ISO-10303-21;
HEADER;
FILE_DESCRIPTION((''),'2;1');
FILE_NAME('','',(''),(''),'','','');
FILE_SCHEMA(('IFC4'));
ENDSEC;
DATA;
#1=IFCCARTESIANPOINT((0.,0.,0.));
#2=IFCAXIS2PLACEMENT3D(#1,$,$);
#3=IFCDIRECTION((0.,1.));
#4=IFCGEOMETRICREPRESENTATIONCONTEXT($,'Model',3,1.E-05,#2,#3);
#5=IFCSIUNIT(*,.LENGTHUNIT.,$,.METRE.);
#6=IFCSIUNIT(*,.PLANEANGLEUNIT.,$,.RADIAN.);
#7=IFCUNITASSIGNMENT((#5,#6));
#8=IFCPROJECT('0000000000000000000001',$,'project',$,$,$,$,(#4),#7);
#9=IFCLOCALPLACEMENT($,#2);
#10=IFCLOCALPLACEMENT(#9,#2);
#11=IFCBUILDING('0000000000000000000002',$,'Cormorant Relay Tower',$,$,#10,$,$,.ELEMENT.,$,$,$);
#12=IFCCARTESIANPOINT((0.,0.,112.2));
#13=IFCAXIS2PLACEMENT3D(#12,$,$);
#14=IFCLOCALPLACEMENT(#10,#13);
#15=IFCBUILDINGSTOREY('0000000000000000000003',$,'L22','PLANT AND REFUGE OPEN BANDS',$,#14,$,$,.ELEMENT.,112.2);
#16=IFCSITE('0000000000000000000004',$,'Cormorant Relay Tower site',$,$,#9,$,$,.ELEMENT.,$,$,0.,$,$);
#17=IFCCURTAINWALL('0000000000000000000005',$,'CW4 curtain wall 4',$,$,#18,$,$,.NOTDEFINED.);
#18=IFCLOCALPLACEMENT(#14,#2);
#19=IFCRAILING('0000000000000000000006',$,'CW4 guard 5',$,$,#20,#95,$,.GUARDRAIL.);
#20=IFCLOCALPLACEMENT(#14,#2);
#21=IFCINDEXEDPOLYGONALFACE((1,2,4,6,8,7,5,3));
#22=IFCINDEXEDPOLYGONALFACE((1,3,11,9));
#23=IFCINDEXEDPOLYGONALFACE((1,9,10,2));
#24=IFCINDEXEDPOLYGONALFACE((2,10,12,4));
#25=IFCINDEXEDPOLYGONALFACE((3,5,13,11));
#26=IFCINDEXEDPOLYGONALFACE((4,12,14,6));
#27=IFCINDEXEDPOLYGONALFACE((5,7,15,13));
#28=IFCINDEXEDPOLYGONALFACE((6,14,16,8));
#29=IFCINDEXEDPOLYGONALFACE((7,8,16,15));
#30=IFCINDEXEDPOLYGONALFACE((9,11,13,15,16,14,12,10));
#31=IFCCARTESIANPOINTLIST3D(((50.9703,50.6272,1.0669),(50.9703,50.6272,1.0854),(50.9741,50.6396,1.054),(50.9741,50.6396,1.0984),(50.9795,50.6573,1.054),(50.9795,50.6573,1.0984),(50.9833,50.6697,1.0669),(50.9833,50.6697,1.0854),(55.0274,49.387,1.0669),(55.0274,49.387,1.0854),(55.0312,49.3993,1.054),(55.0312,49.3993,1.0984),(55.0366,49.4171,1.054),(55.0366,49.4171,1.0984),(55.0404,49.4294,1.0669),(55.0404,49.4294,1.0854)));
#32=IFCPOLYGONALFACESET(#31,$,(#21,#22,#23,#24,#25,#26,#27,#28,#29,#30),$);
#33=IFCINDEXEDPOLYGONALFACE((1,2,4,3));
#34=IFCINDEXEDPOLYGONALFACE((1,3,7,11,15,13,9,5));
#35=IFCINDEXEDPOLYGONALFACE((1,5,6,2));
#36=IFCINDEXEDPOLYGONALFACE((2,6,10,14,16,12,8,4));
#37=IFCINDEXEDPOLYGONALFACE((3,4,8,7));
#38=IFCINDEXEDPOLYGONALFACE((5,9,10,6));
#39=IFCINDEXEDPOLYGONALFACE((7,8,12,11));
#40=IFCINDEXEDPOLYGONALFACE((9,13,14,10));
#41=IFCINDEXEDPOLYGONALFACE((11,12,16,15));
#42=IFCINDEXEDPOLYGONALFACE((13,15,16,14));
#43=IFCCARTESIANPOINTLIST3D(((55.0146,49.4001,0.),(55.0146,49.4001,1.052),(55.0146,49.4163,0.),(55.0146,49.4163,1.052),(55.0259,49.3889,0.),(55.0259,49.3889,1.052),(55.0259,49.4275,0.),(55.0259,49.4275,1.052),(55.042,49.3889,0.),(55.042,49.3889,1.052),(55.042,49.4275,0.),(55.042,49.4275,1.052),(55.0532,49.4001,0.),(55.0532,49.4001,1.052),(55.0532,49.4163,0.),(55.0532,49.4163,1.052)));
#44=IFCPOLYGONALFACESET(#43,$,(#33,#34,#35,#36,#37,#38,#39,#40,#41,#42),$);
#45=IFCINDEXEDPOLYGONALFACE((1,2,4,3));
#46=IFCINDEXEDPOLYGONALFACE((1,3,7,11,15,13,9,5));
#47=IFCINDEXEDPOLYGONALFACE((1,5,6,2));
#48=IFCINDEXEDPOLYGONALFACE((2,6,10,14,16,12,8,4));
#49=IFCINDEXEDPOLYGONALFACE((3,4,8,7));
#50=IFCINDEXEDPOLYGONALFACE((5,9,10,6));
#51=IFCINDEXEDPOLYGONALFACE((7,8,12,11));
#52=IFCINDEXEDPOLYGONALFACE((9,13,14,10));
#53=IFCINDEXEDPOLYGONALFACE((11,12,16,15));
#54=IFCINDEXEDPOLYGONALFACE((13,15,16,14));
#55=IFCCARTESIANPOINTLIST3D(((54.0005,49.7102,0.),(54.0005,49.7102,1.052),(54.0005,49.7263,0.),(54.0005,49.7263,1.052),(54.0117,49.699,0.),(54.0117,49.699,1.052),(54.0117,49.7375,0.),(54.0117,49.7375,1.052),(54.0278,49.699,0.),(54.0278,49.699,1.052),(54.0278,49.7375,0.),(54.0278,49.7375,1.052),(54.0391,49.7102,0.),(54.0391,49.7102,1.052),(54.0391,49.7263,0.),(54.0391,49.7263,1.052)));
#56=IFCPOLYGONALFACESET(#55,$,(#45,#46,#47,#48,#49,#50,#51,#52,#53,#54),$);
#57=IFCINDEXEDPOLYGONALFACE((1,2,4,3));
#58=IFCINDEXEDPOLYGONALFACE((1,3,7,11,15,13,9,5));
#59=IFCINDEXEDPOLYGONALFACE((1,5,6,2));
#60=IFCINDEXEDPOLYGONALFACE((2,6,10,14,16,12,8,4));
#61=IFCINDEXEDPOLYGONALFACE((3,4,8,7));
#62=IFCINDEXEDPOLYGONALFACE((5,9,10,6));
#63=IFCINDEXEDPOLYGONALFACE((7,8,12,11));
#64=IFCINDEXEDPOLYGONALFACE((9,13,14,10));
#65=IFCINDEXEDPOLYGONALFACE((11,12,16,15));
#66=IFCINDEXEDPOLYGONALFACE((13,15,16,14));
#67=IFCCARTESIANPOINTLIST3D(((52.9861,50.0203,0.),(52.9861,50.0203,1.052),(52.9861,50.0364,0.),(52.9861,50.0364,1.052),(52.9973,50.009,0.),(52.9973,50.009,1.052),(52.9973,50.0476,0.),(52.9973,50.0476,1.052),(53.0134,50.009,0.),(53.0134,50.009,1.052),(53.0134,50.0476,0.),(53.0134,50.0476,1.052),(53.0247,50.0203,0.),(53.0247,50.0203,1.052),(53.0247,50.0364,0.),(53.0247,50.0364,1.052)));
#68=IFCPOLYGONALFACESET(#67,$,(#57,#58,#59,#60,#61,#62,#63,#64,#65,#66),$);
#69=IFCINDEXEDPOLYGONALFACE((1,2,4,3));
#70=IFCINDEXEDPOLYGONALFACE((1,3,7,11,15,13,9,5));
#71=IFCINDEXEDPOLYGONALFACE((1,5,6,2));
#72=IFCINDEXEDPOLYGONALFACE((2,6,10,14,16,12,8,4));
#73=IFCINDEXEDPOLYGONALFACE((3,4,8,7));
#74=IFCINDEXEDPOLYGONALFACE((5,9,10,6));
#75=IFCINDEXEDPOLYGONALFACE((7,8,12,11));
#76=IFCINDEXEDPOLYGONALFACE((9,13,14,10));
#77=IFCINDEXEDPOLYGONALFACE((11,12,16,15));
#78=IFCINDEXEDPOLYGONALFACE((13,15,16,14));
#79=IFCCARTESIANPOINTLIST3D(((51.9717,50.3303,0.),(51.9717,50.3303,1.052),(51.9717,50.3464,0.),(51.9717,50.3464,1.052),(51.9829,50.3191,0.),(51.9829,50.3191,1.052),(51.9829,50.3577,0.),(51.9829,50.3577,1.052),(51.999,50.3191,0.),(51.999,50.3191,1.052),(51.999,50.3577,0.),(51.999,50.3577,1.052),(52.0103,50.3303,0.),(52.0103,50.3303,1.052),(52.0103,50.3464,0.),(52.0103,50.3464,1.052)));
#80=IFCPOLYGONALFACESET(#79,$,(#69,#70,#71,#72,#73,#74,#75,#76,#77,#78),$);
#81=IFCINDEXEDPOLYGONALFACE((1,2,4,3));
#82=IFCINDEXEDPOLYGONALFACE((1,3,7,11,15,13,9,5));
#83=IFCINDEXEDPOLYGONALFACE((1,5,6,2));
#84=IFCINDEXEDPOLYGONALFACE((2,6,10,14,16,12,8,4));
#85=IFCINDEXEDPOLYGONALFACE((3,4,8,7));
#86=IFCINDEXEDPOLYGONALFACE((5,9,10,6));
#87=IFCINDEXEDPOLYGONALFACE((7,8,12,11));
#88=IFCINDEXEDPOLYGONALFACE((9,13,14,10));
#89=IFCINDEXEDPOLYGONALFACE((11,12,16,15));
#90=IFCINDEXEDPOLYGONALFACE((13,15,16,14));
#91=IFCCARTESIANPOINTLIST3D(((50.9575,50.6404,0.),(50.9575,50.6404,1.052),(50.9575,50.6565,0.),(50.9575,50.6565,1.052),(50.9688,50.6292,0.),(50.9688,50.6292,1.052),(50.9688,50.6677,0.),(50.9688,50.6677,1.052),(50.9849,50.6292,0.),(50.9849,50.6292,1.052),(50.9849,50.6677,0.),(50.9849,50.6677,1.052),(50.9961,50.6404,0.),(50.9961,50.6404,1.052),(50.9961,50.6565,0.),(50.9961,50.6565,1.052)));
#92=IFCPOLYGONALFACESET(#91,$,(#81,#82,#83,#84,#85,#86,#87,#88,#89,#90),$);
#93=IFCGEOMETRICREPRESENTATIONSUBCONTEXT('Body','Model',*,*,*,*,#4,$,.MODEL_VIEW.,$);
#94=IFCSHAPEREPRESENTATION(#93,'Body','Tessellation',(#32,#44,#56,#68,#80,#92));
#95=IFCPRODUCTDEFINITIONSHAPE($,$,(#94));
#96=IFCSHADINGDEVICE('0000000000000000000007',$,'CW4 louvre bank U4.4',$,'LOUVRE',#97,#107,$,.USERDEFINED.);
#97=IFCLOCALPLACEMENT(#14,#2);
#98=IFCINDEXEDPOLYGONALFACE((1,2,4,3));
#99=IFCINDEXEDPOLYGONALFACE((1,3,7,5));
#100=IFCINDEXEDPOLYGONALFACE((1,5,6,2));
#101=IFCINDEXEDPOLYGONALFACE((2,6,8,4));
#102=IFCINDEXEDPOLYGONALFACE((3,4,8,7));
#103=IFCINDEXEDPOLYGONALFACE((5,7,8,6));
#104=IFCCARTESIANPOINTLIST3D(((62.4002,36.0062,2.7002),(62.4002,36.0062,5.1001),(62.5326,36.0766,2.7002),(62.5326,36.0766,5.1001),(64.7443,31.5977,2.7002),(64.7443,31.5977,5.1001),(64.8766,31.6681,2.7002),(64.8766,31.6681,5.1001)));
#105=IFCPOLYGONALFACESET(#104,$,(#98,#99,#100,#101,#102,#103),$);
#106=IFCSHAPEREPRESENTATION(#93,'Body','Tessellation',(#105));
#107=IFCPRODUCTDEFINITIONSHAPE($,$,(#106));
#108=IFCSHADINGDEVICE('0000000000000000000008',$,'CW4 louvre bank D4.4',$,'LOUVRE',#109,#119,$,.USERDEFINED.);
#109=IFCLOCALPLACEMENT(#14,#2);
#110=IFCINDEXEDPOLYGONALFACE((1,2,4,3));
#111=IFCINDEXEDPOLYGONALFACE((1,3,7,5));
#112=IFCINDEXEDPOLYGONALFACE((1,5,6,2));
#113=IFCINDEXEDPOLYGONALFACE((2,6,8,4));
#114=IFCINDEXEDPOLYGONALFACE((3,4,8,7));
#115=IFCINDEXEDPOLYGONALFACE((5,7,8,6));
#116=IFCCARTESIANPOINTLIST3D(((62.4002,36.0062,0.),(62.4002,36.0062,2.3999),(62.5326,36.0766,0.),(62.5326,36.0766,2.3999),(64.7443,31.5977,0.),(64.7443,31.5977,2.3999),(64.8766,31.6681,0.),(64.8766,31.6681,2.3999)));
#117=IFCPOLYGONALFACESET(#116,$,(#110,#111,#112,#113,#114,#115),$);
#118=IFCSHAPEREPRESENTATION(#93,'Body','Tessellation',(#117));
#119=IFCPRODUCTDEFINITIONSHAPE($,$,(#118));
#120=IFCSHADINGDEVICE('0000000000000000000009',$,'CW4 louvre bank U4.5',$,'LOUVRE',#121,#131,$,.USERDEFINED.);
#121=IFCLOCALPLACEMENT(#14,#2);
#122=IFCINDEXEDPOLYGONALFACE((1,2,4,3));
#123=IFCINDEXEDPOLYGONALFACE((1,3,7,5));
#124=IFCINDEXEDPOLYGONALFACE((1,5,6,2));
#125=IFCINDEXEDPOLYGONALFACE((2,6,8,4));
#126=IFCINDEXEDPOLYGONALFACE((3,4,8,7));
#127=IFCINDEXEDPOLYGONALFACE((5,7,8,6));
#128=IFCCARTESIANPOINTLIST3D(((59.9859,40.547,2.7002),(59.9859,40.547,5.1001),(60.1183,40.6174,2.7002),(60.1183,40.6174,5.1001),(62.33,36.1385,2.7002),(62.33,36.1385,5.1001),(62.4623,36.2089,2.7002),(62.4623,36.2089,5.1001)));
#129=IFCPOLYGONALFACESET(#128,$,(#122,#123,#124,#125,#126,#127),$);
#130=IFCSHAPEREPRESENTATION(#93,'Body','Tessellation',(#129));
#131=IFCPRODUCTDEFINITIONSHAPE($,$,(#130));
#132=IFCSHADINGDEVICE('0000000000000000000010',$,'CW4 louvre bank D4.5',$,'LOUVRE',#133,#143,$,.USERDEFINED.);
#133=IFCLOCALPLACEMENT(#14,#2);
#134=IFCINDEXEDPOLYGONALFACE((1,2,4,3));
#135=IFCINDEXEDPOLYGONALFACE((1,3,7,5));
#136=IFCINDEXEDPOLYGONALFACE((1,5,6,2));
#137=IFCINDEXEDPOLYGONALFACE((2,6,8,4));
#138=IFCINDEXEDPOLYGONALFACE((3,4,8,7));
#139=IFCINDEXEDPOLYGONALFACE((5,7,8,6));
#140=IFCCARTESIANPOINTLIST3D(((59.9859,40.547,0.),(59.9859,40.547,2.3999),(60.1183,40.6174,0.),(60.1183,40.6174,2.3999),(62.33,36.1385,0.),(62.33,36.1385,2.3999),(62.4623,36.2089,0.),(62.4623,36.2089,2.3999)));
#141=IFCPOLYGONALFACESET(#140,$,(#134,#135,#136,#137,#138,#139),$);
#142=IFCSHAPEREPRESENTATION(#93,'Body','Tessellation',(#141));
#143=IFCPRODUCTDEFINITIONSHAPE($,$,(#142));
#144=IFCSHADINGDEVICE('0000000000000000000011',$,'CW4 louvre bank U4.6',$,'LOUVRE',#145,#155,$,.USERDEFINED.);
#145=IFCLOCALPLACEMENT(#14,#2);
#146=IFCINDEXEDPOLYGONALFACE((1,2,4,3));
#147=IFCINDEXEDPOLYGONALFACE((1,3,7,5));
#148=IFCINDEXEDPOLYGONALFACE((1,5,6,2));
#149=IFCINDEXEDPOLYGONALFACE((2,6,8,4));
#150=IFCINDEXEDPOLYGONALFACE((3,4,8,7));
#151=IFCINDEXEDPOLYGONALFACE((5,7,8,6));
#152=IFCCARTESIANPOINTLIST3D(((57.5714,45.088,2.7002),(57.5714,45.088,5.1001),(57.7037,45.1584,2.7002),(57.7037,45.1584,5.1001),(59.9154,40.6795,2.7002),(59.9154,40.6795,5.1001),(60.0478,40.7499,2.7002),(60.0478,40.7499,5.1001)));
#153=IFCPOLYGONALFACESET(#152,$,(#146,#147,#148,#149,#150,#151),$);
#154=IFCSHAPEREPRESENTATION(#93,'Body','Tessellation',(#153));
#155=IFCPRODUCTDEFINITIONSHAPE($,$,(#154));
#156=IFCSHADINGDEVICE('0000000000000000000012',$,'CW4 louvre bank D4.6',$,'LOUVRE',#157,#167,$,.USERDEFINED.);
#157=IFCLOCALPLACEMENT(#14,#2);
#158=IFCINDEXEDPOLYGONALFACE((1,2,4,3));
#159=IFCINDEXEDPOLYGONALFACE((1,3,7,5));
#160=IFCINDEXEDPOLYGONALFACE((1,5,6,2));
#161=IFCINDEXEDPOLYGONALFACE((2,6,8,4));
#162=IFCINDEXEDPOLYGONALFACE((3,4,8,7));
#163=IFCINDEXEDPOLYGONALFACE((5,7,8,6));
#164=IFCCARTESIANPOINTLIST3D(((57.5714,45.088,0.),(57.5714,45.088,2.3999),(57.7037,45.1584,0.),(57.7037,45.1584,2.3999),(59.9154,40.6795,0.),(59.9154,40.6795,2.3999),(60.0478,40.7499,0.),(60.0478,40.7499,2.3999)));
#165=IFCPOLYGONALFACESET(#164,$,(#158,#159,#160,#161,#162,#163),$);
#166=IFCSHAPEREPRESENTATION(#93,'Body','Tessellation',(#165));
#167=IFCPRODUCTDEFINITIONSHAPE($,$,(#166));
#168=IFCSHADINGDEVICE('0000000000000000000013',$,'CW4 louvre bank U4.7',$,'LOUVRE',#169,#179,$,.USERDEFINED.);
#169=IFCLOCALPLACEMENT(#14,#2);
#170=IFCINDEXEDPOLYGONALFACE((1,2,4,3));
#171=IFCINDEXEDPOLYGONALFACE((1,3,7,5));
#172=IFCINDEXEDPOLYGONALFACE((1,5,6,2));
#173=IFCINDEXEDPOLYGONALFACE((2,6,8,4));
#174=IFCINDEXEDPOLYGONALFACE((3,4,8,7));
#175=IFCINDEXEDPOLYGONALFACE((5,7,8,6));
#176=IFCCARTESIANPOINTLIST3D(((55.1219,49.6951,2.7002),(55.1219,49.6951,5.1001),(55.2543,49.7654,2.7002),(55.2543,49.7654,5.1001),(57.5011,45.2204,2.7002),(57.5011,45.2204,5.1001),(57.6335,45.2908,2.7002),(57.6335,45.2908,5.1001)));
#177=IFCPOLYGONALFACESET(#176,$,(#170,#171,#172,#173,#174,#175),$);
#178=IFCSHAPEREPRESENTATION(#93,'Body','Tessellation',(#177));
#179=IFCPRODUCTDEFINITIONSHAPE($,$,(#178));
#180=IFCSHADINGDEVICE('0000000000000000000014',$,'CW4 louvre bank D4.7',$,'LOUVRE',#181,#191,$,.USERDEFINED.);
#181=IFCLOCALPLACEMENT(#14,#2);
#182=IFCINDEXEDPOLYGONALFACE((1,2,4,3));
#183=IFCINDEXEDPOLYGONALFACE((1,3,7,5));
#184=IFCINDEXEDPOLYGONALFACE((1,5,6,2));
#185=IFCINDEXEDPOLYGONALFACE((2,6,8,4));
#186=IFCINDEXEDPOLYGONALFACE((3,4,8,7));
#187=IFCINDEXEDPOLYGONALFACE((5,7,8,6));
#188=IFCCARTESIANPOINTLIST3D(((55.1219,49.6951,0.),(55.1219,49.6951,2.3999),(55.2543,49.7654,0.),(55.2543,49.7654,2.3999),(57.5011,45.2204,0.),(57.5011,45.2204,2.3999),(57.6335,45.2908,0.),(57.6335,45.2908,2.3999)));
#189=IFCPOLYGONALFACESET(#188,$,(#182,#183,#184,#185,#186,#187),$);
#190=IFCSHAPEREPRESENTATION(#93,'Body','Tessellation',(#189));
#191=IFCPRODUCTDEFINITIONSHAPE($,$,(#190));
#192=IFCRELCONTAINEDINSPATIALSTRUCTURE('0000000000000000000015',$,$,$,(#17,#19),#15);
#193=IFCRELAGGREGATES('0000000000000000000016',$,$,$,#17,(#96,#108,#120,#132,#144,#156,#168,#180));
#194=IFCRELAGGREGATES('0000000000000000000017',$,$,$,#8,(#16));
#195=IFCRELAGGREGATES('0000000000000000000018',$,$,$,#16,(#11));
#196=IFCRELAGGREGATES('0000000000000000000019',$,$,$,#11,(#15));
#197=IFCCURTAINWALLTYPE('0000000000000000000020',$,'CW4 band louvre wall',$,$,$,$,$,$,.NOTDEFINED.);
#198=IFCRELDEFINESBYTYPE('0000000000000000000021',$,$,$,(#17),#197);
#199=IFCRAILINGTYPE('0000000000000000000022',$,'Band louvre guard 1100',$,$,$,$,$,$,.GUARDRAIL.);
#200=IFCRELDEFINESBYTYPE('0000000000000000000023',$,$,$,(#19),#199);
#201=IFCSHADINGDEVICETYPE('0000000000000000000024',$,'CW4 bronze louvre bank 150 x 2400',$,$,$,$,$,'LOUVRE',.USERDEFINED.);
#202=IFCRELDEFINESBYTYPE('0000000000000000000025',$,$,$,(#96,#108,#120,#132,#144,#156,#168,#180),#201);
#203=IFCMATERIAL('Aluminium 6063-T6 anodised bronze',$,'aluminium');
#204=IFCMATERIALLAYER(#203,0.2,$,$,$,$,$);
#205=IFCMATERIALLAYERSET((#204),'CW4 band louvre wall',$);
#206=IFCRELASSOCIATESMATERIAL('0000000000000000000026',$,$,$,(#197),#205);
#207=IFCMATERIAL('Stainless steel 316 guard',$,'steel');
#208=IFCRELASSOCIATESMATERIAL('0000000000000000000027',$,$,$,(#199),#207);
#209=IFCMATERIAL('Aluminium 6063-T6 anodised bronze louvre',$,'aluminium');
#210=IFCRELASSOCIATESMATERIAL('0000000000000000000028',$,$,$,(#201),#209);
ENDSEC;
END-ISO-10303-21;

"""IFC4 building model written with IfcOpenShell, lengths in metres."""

from ifc_helpers import new_model, si_unit, direction, frame, origin, origin_2d, place, context, subcontext, project, spatial, polyline, rectangle, outline, extrude, material, layer, layer_set, type_object, element, aggregate, save


model = new_model("IFC4")

# Units and contexts
model_context = context("Model", 3, precision=1e-05, world=origin(), true_north=direction((0.0, 1.0)))
body_context = subcontext(model_context, "Body", "Model", "MODEL_VIEW")
ifc_project = project(units=[si_unit("LENGTHUNIT", "METRE"), si_unit("PLANEANGLEUNIT", "RADIAN")], contexts=[model_context])

# Site, building, storey
site_placement = place(None, origin())
site = spatial("IfcSite", under=ifc_project, at=site_placement, Name="Cormorant Relay Tower site", CompositionType="ELEMENT", RefElevation=0.0)
building_placement = place(site_placement, origin())
building = spatial("IfcBuilding", under=site, at=building_placement, Name="Cormorant Relay Tower", CompositionType="ELEMENT")
storey_placement = place(building_placement, frame((0.0, 0.0, 112.2)))
storey = spatial("IfcBuildingStorey", under=building, at=storey_placement, Name="L22", Description="PLANT AND REFUGE OPEN BANDS", CompositionType="ELEMENT", Elevation=112.2)

# Curtain wall
ifc_material_1 = material(Name="Aluminium 6063-T6 anodised bronze", Category="aluminium")
ifc_layer_1 = layer(ifc_material_1, 0.2)
ifc_layer_set_1 = layer_set([ifc_layer_1], Name="CW4 band louvre wall")
curtain_wall_type = type_object("IfcCurtainWallType", Name="CW4 band louvre wall", PredefinedType="NOTDEFINED", material=ifc_layer_set_1)
curtain_wall_1_placement = place(storey_placement, origin())
curtain_wall_1 = element("IfcCurtainWall", 1, at=curtain_wall_1_placement, inside=storey, type_object=curtain_wall_type, Name="CW4 curtain wall 4", PredefinedType="NOTDEFINED")

# Railing
ifc_material_2 = material(Name="Stainless steel 316 guard", Category="steel")
railing_type = type_object("IfcRailingType", Name="Band louvre guard 1100", PredefinedType="GUARDRAIL", material=ifc_material_2)
railing_1_placement = place(storey_placement, frame((55.0339, 49.4082, 0.0)))
element("IfcRailing", 2, at=railing_1_placement, inside=storey, type_object=railing_type, Name="CW4 guard 5", PredefinedType="GUARDRAIL", context=body_context, shape_type="SweptSolid", body=[
    extrude(outline(polyline([(0.0222, 0.0093), (0.0093, 0.0222), (-0.0093, 0.0222), (-0.0222, 0.0093), (-0.0222, -0.0093), (-0.0093, -0.0222), (0.0093, -0.0222), (0.0222, -0.0093), (0.0222, 0.0093)])), frame((0.0, 0.0, 1.0762), z_axis=(-0.956315, 0.292338, 0.0), x_axis=(-0.292338, -0.956315, 0.0)), (0.0, 0.0, 1.0), 4.2424),
    extrude(outline(polyline([(0.0193, 0.0081), (0.0081, 0.0193), (-0.0081, 0.0193), (-0.0193, 0.0081), (-0.0193, -0.0081), (-0.0081, -0.0193), (0.0081, -0.0193), (0.0193, -0.0081), (0.0193, 0.0081)])), origin(), (0.0, 0.0, 1.0), 1.052),
    extrude(outline(polyline([(0.0193, 0.0081), (0.0081, 0.0193), (-0.0081, 0.0193), (-0.0193, 0.0081), (-0.0193, -0.0081), (-0.0081, -0.0193), (0.0081, -0.0193), (0.0193, -0.0081), (0.0193, 0.0081)])), frame((-1.0142, 0.3101, 0.0)), (0.0, 0.0, 1.0), 1.052),
    extrude(outline(polyline([(0.0193, 0.0081), (0.0081, 0.0193), (-0.0081, 0.0193), (-0.0193, 0.0081), (-0.0193, -0.0081), (-0.0081, -0.0193), (0.0081, -0.0193), (0.0193, -0.0081), (0.0193, 0.0081)])), frame((-2.0286, 0.6201, 0.0)), (0.0, 0.0, 1.0), 1.052),
    extrude(outline(polyline([(0.0193, 0.0081), (0.0081, 0.0193), (-0.0081, 0.0193), (-0.0193, 0.0081), (-0.0193, -0.0081), (-0.0081, -0.0193), (0.0081, -0.0193), (0.0193, -0.0081), (0.0193, 0.0081)])), frame((-3.043, 0.9302, 0.0)), (0.0, 0.0, 1.0), 1.052),
    extrude(outline(polyline([(0.0193, 0.0081), (0.0081, 0.0193), (-0.0081, 0.0193), (-0.0193, 0.0081), (-0.0193, -0.0081), (-0.0081, -0.0193), (0.0081, -0.0193), (0.0193, -0.0081), (0.0193, 0.0081)])), frame((-4.0571, 1.2402, 0.0)), (0.0, 0.0, 1.0), 1.052),
])

# Shading devices
ifc_material_3 = material(Name="Aluminium 6063-T6 anodised bronze louvre", Category="aluminium")
shading_device_type = type_object("IfcShadingDeviceType", Name="CW4 bronze louvre bank 150 x 2400", ElementType="LOUVRE", PredefinedType="USERDEFINED", material=ifc_material_3)
shading_device_1_placement = place(storey_placement, frame((63.6384, 33.8372, 2.7002), z_axis=(0.0, 0.0, 1.0), x_axis=(-0.469472, 0.882948, 0.0)))
shading_device_1 = element("IfcShadingDevice", 3, at=shading_device_1_placement, type_object=shading_device_type, Name="CW4 louvre bank U4.4", ObjectType="LOUVRE", PredefinedType="USERDEFINED", context=body_context, shape_type="SweptSolid", body=[
    extrude(rectangle(XDim=4.9929, YDim=0.1499, at=origin_2d()), origin(), (0.0, 0.0, 1.0), 2.3999),
])
shading_device_2_placement = place(storey_placement, frame((63.6384, 33.8372, 0.0), z_axis=(0.0, 0.0, 1.0), x_axis=(-0.469472, 0.882948, 0.0)))
shading_device_2 = element("IfcShadingDevice", 4, at=shading_device_2_placement, type_object=shading_device_type, Name="CW4 louvre bank D4.4", ObjectType="LOUVRE", PredefinedType="USERDEFINED", context=body_context, shape_type="SweptSolid", body=[
    extrude(rectangle(XDim=4.9929, YDim=0.1499, at=origin_2d()), origin(), (0.0, 0.0, 1.0), 2.3999),
])
shading_device_3_placement = place(storey_placement, frame((61.2241, 38.3779, 2.7002), z_axis=(0.0, 0.0, 1.0), x_axis=(-0.469472, 0.882948, 0.0)))
shading_device_3 = element("IfcShadingDevice", 5, at=shading_device_3_placement, type_object=shading_device_type, Name="CW4 louvre bank U4.5", ObjectType="LOUVRE", PredefinedType="USERDEFINED", context=body_context, shape_type="SweptSolid", body=[
    extrude(rectangle(XDim=4.9929, YDim=0.1499, at=origin_2d()), origin(), (0.0, 0.0, 1.0), 2.3999),
])
shading_device_4_placement = place(storey_placement, frame((61.2241, 38.3779, 0.0), z_axis=(0.0, 0.0, 1.0), x_axis=(-0.469472, 0.882948, 0.0)))
shading_device_4 = element("IfcShadingDevice", 6, at=shading_device_4_placement, type_object=shading_device_type, Name="CW4 louvre bank D4.5", ObjectType="LOUVRE", PredefinedType="USERDEFINED", context=body_context, shape_type="SweptSolid", body=[
    extrude(rectangle(XDim=4.9929, YDim=0.1499, at=origin_2d()), origin(), (0.0, 0.0, 1.0), 2.3999),
])
shading_device_5_placement = place(storey_placement, frame((58.8096, 42.9189, 2.7002), z_axis=(0.0, 0.0, 1.0), x_axis=(-0.469472, 0.882948, 0.0)))
shading_device_5 = element("IfcShadingDevice", 7, at=shading_device_5_placement, type_object=shading_device_type, Name="CW4 louvre bank U4.6", ObjectType="LOUVRE", PredefinedType="USERDEFINED", context=body_context, shape_type="SweptSolid", body=[
    extrude(rectangle(XDim=4.9929, YDim=0.1499, at=origin_2d()), origin(), (0.0, 0.0, 1.0), 2.3999),
])
shading_device_6_placement = place(storey_placement, frame((58.8096, 42.9189, 0.0), z_axis=(0.0, 0.0, 1.0), x_axis=(-0.469472, 0.882948, 0.0)))
shading_device_6 = element("IfcShadingDevice", 8, at=shading_device_6_placement, type_object=shading_device_type, Name="CW4 louvre bank D4.6", ObjectType="LOUVRE", PredefinedType="USERDEFINED", context=body_context, shape_type="SweptSolid", body=[
    extrude(rectangle(XDim=4.9929, YDim=0.1499, at=origin_2d()), origin(), (0.0, 0.0, 1.0), 2.3999),
])
shading_device_7_placement = place(storey_placement, frame((56.3777, 47.4929, 2.7002), z_axis=(0.0, 0.0, 1.0), x_axis=(-0.469472, 0.882948, 0.0)))
shading_device_7 = element("IfcShadingDevice", 9, at=shading_device_7_placement, type_object=shading_device_type, Name="CW4 louvre bank U4.7", ObjectType="LOUVRE", PredefinedType="USERDEFINED", context=body_context, shape_type="SweptSolid", body=[
    extrude(rectangle(XDim=5.0679, YDim=0.1499, at=origin_2d()), origin(), (0.0, 0.0, 1.0), 2.3999),
])
shading_device_8_placement = place(storey_placement, frame((56.3777, 47.4929, 0.0), z_axis=(0.0, 0.0, 1.0), x_axis=(-0.469472, 0.882948, 0.0)))
shading_device_8 = element("IfcShadingDevice", 10, at=shading_device_8_placement, type_object=shading_device_type, Name="CW4 louvre bank D4.7", ObjectType="LOUVRE", PredefinedType="USERDEFINED", context=body_context, shape_type="SweptSolid", body=[
    extrude(rectangle(XDim=5.0679, YDim=0.1499, at=origin_2d()), origin(), (0.0, 0.0, 1.0), 2.3999),
])
aggregate(curtain_wall_1, [shading_device_1, shading_device_2, shading_device_3, shading_device_4, shading_device_5, shading_device_6, shading_device_7, shading_device_8])

save(model, "model.ifc")
